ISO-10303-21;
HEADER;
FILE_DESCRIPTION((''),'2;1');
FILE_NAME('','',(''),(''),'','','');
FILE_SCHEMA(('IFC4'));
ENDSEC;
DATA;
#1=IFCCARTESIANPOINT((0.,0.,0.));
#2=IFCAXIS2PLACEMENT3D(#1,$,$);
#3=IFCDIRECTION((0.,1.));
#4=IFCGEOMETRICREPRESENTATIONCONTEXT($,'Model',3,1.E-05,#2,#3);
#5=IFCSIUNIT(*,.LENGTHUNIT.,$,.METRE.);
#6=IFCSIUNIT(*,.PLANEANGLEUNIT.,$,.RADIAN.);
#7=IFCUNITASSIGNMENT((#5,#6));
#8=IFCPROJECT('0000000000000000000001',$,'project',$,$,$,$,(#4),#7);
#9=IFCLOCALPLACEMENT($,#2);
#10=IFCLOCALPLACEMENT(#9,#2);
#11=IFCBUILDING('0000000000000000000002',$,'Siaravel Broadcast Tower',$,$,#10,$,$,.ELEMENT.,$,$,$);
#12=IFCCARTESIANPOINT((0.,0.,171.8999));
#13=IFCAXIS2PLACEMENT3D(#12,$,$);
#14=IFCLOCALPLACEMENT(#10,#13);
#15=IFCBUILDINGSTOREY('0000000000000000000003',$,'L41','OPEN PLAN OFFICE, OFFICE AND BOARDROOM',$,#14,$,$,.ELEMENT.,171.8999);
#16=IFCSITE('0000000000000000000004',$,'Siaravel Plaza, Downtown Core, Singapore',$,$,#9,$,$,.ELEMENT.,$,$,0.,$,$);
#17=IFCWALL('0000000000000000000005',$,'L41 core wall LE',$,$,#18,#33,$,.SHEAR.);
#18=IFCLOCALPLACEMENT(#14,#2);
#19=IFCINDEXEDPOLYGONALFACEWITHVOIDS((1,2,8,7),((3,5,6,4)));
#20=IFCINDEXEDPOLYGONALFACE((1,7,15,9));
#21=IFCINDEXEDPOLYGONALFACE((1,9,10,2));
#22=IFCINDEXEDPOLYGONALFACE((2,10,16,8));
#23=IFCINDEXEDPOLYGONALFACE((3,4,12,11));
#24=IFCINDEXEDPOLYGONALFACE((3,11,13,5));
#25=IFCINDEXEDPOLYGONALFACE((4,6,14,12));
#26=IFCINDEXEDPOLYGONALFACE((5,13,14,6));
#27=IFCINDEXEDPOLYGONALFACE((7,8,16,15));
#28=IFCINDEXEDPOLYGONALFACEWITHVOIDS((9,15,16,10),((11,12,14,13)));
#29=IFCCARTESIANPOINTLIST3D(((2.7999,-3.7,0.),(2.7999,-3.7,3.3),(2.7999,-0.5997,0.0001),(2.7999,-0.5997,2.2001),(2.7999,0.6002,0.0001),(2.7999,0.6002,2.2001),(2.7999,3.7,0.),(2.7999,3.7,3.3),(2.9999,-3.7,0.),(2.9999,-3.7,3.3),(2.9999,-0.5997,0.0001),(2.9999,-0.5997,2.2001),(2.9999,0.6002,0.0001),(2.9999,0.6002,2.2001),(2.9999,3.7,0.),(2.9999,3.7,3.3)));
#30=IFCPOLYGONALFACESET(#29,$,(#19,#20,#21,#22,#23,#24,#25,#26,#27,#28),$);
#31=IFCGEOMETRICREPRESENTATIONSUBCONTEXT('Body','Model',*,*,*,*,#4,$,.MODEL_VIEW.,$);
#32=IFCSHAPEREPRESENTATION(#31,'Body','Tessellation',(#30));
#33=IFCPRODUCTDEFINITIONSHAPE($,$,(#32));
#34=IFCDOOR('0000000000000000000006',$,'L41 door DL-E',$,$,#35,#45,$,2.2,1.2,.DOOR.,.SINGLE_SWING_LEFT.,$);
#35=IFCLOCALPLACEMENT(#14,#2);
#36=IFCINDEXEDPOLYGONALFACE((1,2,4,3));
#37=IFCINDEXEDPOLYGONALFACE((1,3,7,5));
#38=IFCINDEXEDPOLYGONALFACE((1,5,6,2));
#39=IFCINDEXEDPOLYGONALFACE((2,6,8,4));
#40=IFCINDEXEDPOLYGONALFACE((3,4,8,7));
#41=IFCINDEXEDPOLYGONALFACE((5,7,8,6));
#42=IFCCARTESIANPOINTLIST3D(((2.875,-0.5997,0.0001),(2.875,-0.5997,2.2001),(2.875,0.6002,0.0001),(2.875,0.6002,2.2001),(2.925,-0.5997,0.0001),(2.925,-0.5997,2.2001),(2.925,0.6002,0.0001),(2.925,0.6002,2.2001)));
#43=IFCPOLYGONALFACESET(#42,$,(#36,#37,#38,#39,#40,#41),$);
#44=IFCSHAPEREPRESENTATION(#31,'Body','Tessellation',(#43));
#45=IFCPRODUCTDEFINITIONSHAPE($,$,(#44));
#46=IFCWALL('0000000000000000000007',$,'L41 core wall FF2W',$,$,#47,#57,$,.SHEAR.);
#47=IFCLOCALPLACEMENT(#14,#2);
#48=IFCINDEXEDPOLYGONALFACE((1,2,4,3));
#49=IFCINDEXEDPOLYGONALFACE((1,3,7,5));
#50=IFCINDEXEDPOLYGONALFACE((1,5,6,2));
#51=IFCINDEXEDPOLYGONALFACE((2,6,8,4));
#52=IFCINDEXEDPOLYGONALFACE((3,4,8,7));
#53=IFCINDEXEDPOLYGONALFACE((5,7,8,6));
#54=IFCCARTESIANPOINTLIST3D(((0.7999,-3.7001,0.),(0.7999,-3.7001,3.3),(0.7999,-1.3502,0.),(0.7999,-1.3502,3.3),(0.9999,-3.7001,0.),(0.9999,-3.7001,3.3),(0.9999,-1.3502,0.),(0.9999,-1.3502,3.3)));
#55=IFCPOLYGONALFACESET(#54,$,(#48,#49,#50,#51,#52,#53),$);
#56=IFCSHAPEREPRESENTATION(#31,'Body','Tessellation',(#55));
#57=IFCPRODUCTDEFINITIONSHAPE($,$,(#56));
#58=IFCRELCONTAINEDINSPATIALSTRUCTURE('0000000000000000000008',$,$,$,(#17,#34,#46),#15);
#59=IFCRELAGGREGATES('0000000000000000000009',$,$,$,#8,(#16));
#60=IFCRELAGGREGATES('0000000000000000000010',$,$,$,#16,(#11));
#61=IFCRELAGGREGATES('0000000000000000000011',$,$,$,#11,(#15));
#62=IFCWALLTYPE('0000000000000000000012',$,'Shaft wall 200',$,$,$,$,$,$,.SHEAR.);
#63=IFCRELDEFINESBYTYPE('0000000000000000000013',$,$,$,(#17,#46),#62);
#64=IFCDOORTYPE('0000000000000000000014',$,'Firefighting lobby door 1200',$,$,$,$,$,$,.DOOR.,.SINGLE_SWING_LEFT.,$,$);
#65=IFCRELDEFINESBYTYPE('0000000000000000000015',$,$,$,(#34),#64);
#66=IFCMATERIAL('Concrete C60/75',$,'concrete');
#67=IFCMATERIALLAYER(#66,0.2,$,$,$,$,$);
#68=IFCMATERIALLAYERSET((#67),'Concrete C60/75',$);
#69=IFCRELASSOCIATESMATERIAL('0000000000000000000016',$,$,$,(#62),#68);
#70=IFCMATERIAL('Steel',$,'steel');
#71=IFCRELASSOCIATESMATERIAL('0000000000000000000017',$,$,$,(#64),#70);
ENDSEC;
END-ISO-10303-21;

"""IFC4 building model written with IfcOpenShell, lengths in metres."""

from ifc_helpers import new_model, si_unit, direction, frame, frame_2d, origin, place, context, subcontext, project, spatial, rectangle, extrude, material, layer, layer_set, type_object, element, fill, save


model = new_model("IFC4")

# Units and contexts
model_context = context("Model", 3, precision=1e-05, world=origin(), true_north=direction((0.0, 1.0)))
body_context = subcontext(model_context, "Body", "Model", "MODEL_VIEW")
ifc_project = project(units=[si_unit("LENGTHUNIT", "METRE"), si_unit("PLANEANGLEUNIT", "RADIAN")], contexts=[model_context])

# Site, building, storey
site_placement = place(None, origin())
site = spatial("IfcSite", under=ifc_project, at=site_placement, Name="Siaravel Plaza, Downtown Core, Singapore", CompositionType="ELEMENT", RefElevation=0.0)
building_placement = place(site_placement, origin())
building = spatial("IfcBuilding", under=site, at=building_placement, Name="Siaravel Broadcast Tower", CompositionType="ELEMENT")
storey_placement = place(building_placement, frame((0.0, 0.0, 171.8999)))
storey = spatial("IfcBuildingStorey", under=building, at=storey_placement, Name="L41", Description="OPEN PLAN OFFICE, OFFICE AND BOARDROOM", CompositionType="ELEMENT", Elevation=171.8999)

# Shared definitions
ifc_material_1 = material(Name="Concrete C60/75", Category="concrete")

# Shared definitions
ifc_material_2 = material(Name="Steel", Category="steel")

# Shared definitions
ifc_layer_1 = layer(ifc_material_1, 0.2)
ifc_layer_set_1 = layer_set([ifc_layer_1], Name="Concrete C60/75")
wall_type_1 = type_object("IfcWallType", Name="Shaft wall 200", PredefinedType="SHEAR", material=ifc_layer_set_1)

# Wall, opening, door
wall_1_placement = place(storey_placement, frame((2.8999, -3.7, 0.0), z_axis=(0.0, 0.0, 1.0), x_axis=(0.0, 1.0, 0.0)))
wall_1 = element("IfcWall", 1, at=wall_1_placement, inside=storey, type_object=wall_type_1, Name="L41 core wall LE", PredefinedType="SHEAR", context=body_context, shape_type="SweptSolid", body=[
    extrude(rectangle(XDim=7.3999, YDim=0.2, at=frame_2d((3.7, 0.0))), origin(), (0.0, 0.0, 1.0), 3.3),
])
opening_1_placement = place(wall_1_placement, frame((3.1001, 0.0, 0.0)))
opening_1 = element("IfcOpeningElement", 2, at=opening_1_placement, cuts=wall_1, PredefinedType="OPENING", context=body_context, shape_type="SweptSolid", body=[
    extrude(rectangle(XDim=1.2, YDim=2.2, at=frame_2d((0.6001, 1.1001))), frame((0.0, 0.1099, 0.0), z_axis=(0.0, -1.0, 0.0), x_axis=(1.0, 0.0, 0.0)), (0.0, 0.0, 1.0), 0.22),
])
door_type_1 = type_object("IfcDoorType", Name="Firefighting lobby door 1200", OperationType="SINGLE_SWING_LEFT", PredefinedType="DOOR", material=ifc_material_2)
door_1_placement = place(opening_1_placement, origin())
door_1 = element("IfcDoor", 3, at=door_1_placement, inside=storey, type_object=door_type_1, Name="L41 door DL-E", OperationType="SINGLE_SWING_LEFT", OverallHeight=2.2, OverallWidth=1.2, PredefinedType="DOOR", context=body_context, shape_type="SweptSolid", body=[
    extrude(rectangle(XDim=1.2, YDim=2.2, at=frame_2d((0.6001, 1.1001))), frame((0.0, 0.0249, 0.0), z_axis=(0.0, -1.0, 0.0), x_axis=(1.0, 0.0, 0.0)), (0.0, 0.0, 1.0), 0.05),
])
fill(opening_1, door_1)

# Wall
wall_2_placement = place(storey_placement, frame((0.8999, -3.7, 0.0), z_axis=(0.0, 0.0, 1.0), x_axis=(0.0, 1.0, 0.0)))
element("IfcWall", 4, at=wall_2_placement, inside=storey, type_object=wall_type_1, Name="L41 core wall FF2W", PredefinedType="SHEAR", context=body_context, shape_type="SweptSolid", body=[
    extrude(rectangle(XDim=2.3499, YDim=0.2, at=frame_2d((1.1748, 0.0))), origin(), (0.0, 0.0, 1.0), 3.3),
])

save(model, "model.ifc")
